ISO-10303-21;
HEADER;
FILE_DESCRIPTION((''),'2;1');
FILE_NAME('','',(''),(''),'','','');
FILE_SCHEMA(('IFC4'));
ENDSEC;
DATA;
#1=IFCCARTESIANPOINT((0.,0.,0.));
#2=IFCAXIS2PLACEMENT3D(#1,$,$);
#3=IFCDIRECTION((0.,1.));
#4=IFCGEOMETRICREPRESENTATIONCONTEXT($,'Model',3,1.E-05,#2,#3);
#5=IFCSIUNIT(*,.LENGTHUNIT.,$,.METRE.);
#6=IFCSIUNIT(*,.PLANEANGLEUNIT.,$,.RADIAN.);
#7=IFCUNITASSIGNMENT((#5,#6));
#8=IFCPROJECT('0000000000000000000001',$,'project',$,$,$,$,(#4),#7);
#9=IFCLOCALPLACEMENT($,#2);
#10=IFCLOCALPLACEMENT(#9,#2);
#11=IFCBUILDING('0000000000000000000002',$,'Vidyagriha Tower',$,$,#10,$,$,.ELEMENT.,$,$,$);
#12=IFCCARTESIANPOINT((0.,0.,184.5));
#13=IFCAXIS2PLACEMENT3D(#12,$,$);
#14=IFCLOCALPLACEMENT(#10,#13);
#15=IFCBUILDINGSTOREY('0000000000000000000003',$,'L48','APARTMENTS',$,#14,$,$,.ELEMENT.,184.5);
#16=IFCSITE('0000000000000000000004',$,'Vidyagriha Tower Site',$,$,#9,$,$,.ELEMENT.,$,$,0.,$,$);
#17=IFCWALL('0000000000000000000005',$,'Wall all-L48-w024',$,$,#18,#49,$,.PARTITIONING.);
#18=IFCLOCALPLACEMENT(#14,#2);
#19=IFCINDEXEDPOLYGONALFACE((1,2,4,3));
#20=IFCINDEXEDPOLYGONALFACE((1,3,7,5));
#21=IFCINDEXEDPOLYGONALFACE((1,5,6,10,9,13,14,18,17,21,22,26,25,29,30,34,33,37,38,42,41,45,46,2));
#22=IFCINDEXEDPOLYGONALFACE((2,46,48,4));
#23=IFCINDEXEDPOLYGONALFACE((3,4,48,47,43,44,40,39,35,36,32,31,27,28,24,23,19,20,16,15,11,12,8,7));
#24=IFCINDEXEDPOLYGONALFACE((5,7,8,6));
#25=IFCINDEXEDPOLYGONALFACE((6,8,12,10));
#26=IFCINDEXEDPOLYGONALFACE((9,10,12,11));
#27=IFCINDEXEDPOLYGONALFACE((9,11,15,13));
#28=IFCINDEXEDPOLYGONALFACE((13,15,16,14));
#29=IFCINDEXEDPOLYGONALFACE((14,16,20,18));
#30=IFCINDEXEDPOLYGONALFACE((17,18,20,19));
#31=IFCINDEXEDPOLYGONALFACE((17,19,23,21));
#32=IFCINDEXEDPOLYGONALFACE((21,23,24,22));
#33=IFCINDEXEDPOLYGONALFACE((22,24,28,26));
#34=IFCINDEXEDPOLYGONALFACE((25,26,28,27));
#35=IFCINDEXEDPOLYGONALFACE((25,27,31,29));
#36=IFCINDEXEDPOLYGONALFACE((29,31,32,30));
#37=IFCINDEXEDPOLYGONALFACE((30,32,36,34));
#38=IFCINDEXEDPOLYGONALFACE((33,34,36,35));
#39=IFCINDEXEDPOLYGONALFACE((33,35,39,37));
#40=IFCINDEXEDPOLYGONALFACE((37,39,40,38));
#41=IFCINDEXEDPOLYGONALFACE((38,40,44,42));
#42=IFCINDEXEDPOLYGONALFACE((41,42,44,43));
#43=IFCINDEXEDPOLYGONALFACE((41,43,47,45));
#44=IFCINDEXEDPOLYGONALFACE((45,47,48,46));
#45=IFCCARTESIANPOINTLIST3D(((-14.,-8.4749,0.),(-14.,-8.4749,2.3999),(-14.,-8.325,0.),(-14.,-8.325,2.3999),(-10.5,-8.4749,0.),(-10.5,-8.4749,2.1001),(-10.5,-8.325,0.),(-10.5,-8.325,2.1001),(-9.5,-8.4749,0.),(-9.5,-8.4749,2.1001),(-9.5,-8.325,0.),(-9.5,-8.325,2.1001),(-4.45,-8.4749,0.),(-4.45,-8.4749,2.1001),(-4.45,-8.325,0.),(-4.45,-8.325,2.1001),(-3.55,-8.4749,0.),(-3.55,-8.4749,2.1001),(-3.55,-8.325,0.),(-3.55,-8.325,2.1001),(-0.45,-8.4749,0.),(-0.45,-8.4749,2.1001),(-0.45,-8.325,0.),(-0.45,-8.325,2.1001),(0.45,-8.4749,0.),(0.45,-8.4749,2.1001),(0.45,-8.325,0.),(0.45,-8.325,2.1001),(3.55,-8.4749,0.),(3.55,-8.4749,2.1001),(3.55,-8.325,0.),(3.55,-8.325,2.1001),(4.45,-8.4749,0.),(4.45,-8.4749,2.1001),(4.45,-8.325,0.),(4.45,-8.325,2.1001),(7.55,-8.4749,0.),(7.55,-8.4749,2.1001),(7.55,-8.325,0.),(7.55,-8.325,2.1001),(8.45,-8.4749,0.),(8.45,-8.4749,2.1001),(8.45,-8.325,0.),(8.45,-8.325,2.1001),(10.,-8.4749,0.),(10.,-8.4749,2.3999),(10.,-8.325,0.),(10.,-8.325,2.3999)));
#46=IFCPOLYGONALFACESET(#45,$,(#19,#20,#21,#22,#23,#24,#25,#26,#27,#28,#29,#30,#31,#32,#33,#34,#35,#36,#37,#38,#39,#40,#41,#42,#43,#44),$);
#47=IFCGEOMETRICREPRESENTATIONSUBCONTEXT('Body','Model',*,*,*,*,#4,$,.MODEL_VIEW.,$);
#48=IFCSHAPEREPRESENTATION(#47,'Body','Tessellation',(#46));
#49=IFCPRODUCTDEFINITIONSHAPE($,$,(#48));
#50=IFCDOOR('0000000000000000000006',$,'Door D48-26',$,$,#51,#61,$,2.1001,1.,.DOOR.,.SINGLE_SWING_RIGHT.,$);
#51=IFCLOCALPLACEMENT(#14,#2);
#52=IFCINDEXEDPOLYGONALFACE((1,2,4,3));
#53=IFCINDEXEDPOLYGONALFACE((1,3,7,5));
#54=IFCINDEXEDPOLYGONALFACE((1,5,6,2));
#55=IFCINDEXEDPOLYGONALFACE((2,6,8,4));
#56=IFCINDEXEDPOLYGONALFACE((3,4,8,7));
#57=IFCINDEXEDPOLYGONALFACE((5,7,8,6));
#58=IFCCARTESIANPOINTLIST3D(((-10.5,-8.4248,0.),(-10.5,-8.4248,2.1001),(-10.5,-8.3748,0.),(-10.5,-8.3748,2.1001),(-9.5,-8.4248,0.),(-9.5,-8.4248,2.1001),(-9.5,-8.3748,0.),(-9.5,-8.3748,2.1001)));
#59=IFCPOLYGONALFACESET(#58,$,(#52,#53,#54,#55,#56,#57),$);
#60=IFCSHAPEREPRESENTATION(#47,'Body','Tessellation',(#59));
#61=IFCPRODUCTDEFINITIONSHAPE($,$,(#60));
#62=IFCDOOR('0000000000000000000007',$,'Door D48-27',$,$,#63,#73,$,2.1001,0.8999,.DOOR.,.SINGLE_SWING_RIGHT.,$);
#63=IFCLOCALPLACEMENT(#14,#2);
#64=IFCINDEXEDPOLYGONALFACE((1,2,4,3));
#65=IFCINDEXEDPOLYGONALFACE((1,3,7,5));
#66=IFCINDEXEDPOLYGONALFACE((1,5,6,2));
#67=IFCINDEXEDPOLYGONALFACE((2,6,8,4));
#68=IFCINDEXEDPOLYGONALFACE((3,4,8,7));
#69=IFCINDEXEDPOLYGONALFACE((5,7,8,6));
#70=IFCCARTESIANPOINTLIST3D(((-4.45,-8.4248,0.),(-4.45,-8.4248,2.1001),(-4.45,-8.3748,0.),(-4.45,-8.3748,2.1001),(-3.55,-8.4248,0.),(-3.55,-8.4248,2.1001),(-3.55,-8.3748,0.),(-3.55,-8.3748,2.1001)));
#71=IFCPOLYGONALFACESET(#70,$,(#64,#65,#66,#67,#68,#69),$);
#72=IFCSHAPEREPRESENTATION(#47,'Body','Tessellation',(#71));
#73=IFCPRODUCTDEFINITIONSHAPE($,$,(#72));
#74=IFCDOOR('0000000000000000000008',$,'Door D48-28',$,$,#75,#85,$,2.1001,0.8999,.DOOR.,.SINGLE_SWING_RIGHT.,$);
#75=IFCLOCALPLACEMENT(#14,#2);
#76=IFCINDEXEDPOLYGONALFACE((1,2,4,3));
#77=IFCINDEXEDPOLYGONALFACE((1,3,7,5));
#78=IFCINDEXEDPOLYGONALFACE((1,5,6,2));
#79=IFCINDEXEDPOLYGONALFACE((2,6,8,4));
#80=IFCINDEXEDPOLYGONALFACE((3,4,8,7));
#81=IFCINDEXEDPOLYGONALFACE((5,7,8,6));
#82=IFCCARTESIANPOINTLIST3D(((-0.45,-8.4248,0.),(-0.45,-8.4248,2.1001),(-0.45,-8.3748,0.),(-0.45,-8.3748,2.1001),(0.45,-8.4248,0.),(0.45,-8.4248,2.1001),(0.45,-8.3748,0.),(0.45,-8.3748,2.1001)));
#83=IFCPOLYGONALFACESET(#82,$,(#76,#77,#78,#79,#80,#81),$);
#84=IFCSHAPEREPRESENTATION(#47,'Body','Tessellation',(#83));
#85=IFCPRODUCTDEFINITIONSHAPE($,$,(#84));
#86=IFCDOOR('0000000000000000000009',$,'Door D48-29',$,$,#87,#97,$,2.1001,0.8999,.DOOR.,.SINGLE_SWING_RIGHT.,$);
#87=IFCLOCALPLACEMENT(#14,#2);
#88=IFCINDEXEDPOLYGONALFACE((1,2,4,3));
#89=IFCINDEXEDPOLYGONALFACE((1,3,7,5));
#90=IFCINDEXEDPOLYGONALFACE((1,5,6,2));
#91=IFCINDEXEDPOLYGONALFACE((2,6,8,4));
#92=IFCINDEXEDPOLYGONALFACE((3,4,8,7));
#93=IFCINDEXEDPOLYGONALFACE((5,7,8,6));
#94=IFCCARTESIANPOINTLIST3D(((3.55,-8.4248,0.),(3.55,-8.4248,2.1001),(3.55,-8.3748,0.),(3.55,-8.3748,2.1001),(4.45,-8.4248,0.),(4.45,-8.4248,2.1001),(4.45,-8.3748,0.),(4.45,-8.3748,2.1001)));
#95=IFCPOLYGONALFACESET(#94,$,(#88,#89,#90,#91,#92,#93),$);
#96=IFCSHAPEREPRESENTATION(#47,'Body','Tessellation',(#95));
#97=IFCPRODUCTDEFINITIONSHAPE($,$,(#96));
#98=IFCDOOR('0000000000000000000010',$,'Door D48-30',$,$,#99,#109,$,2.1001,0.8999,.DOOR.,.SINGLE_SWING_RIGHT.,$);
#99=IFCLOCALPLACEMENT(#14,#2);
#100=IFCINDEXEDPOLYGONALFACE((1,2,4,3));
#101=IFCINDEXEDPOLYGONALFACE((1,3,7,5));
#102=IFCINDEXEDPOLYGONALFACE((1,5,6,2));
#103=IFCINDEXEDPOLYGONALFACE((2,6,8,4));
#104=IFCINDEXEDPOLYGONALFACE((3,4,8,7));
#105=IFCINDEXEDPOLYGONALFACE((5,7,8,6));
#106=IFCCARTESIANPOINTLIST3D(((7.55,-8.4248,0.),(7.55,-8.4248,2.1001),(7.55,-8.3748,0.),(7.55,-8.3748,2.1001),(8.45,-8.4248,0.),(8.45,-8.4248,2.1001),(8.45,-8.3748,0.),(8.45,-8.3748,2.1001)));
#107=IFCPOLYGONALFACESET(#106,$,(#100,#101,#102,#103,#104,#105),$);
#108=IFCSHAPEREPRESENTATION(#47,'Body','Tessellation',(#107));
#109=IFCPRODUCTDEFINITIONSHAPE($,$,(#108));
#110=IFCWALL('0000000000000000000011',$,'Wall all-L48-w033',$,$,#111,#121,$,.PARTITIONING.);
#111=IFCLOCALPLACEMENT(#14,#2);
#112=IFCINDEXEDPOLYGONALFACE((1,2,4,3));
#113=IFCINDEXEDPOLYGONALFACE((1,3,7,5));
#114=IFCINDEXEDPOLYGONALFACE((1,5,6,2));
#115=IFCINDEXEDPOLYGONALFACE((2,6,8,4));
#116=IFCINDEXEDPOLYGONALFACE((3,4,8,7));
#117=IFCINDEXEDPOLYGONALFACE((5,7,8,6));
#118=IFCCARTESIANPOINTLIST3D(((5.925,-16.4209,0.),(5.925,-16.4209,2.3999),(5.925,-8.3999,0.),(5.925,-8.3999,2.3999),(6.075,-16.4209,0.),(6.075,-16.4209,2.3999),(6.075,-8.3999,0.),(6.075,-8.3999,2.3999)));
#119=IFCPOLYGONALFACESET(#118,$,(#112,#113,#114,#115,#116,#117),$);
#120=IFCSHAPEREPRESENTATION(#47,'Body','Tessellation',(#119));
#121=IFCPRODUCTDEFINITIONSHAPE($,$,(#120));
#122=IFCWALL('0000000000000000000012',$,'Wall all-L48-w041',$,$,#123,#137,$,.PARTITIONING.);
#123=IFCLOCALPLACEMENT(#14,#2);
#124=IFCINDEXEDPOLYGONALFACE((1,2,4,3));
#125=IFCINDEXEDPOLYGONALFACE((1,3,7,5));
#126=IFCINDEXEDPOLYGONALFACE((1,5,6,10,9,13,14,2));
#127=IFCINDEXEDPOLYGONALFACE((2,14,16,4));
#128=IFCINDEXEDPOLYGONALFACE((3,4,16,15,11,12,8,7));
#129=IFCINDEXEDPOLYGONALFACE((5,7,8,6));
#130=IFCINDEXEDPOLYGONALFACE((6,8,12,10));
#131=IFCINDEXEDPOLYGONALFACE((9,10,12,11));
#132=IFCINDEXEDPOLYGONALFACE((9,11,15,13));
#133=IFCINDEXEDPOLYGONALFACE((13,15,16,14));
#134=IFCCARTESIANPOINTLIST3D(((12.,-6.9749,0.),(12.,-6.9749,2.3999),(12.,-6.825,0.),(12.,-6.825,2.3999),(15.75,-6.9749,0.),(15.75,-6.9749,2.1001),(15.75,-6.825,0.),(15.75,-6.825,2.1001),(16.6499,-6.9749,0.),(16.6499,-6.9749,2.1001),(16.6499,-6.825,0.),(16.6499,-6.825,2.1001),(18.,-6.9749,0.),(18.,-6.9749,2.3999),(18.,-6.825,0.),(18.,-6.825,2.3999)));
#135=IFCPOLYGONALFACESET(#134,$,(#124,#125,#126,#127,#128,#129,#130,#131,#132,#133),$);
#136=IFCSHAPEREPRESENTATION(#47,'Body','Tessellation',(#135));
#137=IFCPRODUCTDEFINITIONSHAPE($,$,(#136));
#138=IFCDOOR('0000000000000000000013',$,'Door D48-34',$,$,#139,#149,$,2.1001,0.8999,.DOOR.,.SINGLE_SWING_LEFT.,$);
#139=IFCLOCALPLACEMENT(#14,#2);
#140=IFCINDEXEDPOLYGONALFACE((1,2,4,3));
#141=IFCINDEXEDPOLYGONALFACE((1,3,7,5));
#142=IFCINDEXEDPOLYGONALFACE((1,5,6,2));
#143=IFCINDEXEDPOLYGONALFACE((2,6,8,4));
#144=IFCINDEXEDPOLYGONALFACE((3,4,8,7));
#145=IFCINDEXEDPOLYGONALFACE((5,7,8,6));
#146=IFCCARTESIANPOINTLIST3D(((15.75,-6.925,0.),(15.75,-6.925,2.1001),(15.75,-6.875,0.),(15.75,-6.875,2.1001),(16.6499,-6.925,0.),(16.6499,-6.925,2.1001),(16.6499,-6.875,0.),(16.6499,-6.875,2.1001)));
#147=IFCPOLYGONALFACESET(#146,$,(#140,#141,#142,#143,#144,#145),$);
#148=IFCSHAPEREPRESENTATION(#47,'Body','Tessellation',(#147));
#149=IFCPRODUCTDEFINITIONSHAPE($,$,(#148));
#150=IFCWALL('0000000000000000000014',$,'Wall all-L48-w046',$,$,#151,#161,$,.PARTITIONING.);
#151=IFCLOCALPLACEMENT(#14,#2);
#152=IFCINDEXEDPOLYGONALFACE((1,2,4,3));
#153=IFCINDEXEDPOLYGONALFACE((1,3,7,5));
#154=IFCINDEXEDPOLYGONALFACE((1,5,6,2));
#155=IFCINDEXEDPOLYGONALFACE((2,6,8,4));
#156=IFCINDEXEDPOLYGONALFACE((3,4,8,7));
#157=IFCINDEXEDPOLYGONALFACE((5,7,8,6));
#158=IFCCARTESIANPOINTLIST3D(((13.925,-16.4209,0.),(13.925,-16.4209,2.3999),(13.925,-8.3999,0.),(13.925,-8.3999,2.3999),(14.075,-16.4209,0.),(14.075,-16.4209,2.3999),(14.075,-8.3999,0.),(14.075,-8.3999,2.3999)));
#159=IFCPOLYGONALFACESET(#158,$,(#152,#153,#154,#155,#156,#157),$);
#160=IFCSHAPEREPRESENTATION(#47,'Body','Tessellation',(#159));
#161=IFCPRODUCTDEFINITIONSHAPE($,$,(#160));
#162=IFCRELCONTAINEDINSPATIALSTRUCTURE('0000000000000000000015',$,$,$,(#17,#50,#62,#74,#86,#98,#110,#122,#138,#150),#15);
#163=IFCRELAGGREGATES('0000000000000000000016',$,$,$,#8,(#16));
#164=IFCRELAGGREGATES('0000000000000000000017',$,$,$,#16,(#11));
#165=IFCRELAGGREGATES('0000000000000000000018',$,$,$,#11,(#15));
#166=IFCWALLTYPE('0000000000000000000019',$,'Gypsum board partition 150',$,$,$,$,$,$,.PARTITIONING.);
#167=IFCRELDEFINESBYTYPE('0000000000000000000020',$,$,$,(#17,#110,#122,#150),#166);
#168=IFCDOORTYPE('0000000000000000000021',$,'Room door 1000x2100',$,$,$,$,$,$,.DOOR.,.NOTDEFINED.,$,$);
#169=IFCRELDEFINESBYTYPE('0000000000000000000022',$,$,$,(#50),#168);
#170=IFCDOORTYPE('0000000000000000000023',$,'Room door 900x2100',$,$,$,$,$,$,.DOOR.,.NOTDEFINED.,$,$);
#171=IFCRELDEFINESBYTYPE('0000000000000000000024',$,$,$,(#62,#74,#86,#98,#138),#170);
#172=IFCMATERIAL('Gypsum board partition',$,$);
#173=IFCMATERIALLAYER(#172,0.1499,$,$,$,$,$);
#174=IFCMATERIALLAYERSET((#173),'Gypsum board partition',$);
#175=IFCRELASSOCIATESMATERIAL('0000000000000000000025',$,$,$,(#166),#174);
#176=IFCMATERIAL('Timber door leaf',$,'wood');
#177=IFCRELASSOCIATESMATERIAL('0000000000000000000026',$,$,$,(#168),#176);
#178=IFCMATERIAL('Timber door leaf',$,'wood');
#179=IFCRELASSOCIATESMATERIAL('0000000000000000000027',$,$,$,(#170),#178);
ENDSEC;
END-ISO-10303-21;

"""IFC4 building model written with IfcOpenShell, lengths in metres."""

from ifc_helpers import new_model, si_unit, direction, frame, frame_2d, origin, place, context, subcontext, project, spatial, rectangle, extrude, material, layer, layer_set, type_object, element, fill, save


model = new_model("IFC4")

# Units and contexts
model_context = context("Model", 3, precision=1e-05, world=origin(), true_north=direction((0.0, 1.0)))
body_context = subcontext(model_context, "Body", "Model", "MODEL_VIEW")
ifc_project = project(units=[si_unit("LENGTHUNIT", "METRE"), si_unit("PLANEANGLEUNIT", "RADIAN")], contexts=[model_context])

# Site, building, storey
site_placement = place(None, origin())
site = spatial("IfcSite", under=ifc_project, at=site_placement, Name="Vidyagriha Tower Site", CompositionType="ELEMENT", RefElevation=0.0)
building_placement = place(site_placement, origin())
building = spatial("IfcBuilding", under=site, at=building_placement, Name="Vidyagriha Tower", CompositionType="ELEMENT")
storey_placement = place(building_placement, frame((0.0, 0.0, 184.5)))
storey = spatial("IfcBuildingStorey", under=building, at=storey_placement, Name="L48", Description="APARTMENTS", CompositionType="ELEMENT", Elevation=184.5)

# Shared definitions
ifc_material_1 = material(Name="Gypsum board partition")
ifc_layer_1 = layer(ifc_material_1, 0.1499)
ifc_layer_set_1 = layer_set([ifc_layer_1], Name="Gypsum board partition")
wall_type_1 = type_object("IfcWallType", Name="Gypsum board partition 150", PredefinedType="PARTITIONING", material=ifc_layer_set_1)

# Wall, openings, doors
wall_1_placement = place(storey_placement, frame((10.0, -8.3999, 0.0), z_axis=(0.0, 0.0, 1.0), x_axis=(-1.0, 0.0, 0.0)))
wall_1 = element("IfcWall", 1, at=wall_1_placement, inside=storey, type_object=wall_type_1, Name="Wall all-L48-w024", PredefinedType="PARTITIONING", context=body_context, shape_type="SweptSolid", body=[
    extrude(rectangle(XDim=24.0, YDim=0.1499, at=frame_2d((12.0, 0.0))), origin(), (0.0, 0.0, 1.0), 2.3999),
])
opening_1_placement = place(wall_1_placement, frame((19.5, 0.0, 0.0)))
opening_1 = element("IfcOpeningElement", 2, at=opening_1_placement, cuts=wall_1, PredefinedType="OPENING", context=body_context, shape_type="SweptSolid", body=[
    extrude(rectangle(XDim=1.0, YDim=2.1001, at=frame_2d((0.5, 1.05))), frame((0.0, 0.085, 0.0), z_axis=(0.0, -1.0, 0.0), x_axis=(1.0, 0.0, 0.0)), (0.0, 0.0, 1.0), 0.1699),
])
opening_2_placement = place(wall_1_placement, frame((13.55, 0.0, 0.0)))
opening_2 = element("IfcOpeningElement", 3, at=opening_2_placement, cuts=wall_1, PredefinedType="OPENING", context=body_context, shape_type="SweptSolid", body=[
    extrude(rectangle(XDim=0.8999, YDim=2.1001, at=frame_2d((0.45, 1.05))), frame((0.0, 0.085, 0.0), z_axis=(0.0, -1.0, 0.0), x_axis=(1.0, 0.0, 0.0)), (0.0, 0.0, 1.0), 0.1699),
])
opening_3_placement = place(wall_1_placement, frame((9.55, 0.0, 0.0)))
opening_3 = element("IfcOpeningElement", 4, at=opening_3_placement, cuts=wall_1, PredefinedType="OPENING", context=body_context, shape_type="SweptSolid", body=[
    extrude(rectangle(XDim=0.8999, YDim=2.1001, at=frame_2d((0.45, 1.05))), frame((0.0, 0.085, 0.0), z_axis=(0.0, -1.0, 0.0), x_axis=(1.0, 0.0, 0.0)), (0.0, 0.0, 1.0), 0.1699),
])
opening_4_placement = place(wall_1_placement, frame((5.55, 0.0, 0.0)))
opening_4 = element("IfcOpeningElement", 5, at=opening_4_placement, cuts=wall_1, PredefinedType="OPENING", context=body_context, shape_type="SweptSolid", body=[
    extrude(rectangle(XDim=0.8999, YDim=2.1001, at=frame_2d((0.45, 1.05))), frame((0.0, 0.085, 0.0), z_axis=(0.0, -1.0, 0.0), x_axis=(1.0, 0.0, 0.0)), (0.0, 0.0, 1.0), 0.1699),
])
opening_5_placement = place(wall_1_placement, frame((1.55, 0.0, 0.0)))
opening_5 = element("IfcOpeningElement", 6, at=opening_5_placement, cuts=wall_1, PredefinedType="OPENING", context=body_context, shape_type="SweptSolid", body=[
    extrude(rectangle(XDim=0.8999, YDim=2.1001, at=frame_2d((0.45, 1.05))), frame((0.0, 0.085, 0.0), z_axis=(0.0, -1.0, 0.0), x_axis=(1.0, 0.0, 0.0)), (0.0, 0.0, 1.0), 0.1699),
])
ifc_material_2 = material(Name="Timber door leaf", Category="wood")
door_type_1 = type_object("IfcDoorType", Name="Room door 1000x2100", OperationType="NOTDEFINED", PredefinedType="DOOR", material=ifc_material_2)
door_1_placement = place(opening_1_placement, origin())
door_1 = element("IfcDoor", 7, at=door_1_placement, inside=storey, type_object=door_type_1, Name="Door D48-26", OperationType="SINGLE_SWING_RIGHT", OverallHeight=2.1001, OverallWidth=1.0, PredefinedType="DOOR", context=body_context, shape_type="SweptSolid", body=[
    extrude(rectangle(XDim=1.0, YDim=2.1001, at=frame_2d((0.5, 1.05))), frame((0.0, 0.0249, 0.0), z_axis=(0.0, -1.0, 0.0), x_axis=(1.0, 0.0, 0.0)), (0.0, 0.0, 1.0), 0.05),
])
fill(opening_1, door_1)
ifc_material_3 = material(Name="Timber door leaf", Category="wood")
door_type_2 = type_object("IfcDoorType", Name="Room door 900x2100", OperationType="NOTDEFINED", PredefinedType="DOOR", material=ifc_material_3)
door_2_placement = place(opening_2_placement, origin())
door_2 = element("IfcDoor", 8, at=door_2_placement, inside=storey, type_object=door_type_2, Name="Door D48-27", OperationType="SINGLE_SWING_RIGHT", OverallHeight=2.1001, OverallWidth=0.8999, PredefinedType="DOOR", context=body_context, shape_type="SweptSolid", body=[
    extrude(rectangle(XDim=0.8999, YDim=2.1001, at=frame_2d((0.45, 1.05))), frame((0.0, 0.0249, 0.0), z_axis=(0.0, -1.0, 0.0), x_axis=(1.0, 0.0, 0.0)), (0.0, 0.0, 1.0), 0.05),
])
fill(opening_2, door_2)
door_3_placement = place(opening_3_placement, origin())
door_3 = element("IfcDoor", 9, at=door_3_placement, inside=storey, type_object=door_type_2, Name="Door D48-28", OperationType="SINGLE_SWING_RIGHT", OverallHeight=2.1001, OverallWidth=0.8999, PredefinedType="DOOR", context=body_context, shape_type="SweptSolid", body=[
    extrude(rectangle(XDim=0.8999, YDim=2.1001, at=frame_2d((0.45, 1.05))), frame((0.0, 0.0249, 0.0), z_axis=(0.0, -1.0, 0.0), x_axis=(1.0, 0.0, 0.0)), (0.0, 0.0, 1.0), 0.05),
])
fill(opening_3, door_3)
door_4_placement = place(opening_4_placement, origin())
door_4 = element("IfcDoor", 10, at=door_4_placement, inside=storey, type_object=door_type_2, Name="Door D48-29", OperationType="SINGLE_SWING_RIGHT", OverallHeight=2.1001, OverallWidth=0.8999, PredefinedType="DOOR", context=body_context, shape_type="SweptSolid", body=[
    extrude(rectangle(XDim=0.8999, YDim=2.1001, at=frame_2d((0.45, 1.05))), frame((0.0, 0.0249, 0.0), z_axis=(0.0, -1.0, 0.0), x_axis=(1.0, 0.0, 0.0)), (0.0, 0.0, 1.0), 0.05),
])
fill(opening_4, door_4)
door_5_placement = place(opening_5_placement, origin())
door_5 = element("IfcDoor", 11, at=door_5_placement, inside=storey, type_object=door_type_2, Name="Door D48-30", OperationType="SINGLE_SWING_RIGHT", OverallHeight=2.1001, OverallWidth=0.8999, PredefinedType="DOOR", context=body_context, shape_type="SweptSolid", body=[
    extrude(rectangle(XDim=0.8999, YDim=2.1001, at=frame_2d((0.45, 1.05))), frame((0.0, 0.0249, 0.0), z_axis=(0.0, -1.0, 0.0), x_axis=(1.0, 0.0, 0.0)), (0.0, 0.0, 1.0), 0.05),
])
fill(opening_5, door_5)

# Wall
wall_2_placement = place(storey_placement, frame((6.0, -8.3999, 0.0), z_axis=(0.0, 0.0, 1.0), x_axis=(0.0, -1.0, 0.0)))
element("IfcWall", 12, at=wall_2_placement, inside=storey, type_object=wall_type_1, Name="Wall all-L48-w033", PredefinedType="PARTITIONING", context=body_context, shape_type="SweptSolid", body=[
    extrude(rectangle(XDim=8.021, YDim=0.1499, at=frame_2d((4.0105, 0.0))), origin(), (0.0, 0.0, 1.0), 2.3999),
])

# Wall, opening, door
wall_3_placement = place(storey_placement, frame((12.0, -6.8999, 0.0)))
wall_3 = element("IfcWall", 13, at=wall_3_placement, inside=storey, type_object=wall_type_1, Name="Wall all-L48-w041", PredefinedType="PARTITIONING", context=body_context, shape_type="SweptSolid", body=[
    extrude(rectangle(XDim=6.0, YDim=0.1499, at=frame_2d((3.0, 0.0))), origin(), (0.0, 0.0, 1.0), 2.3999),
])
opening_6_placement = place(wall_3_placement, frame((3.75, 0.0, 0.0)))
opening_6 = element("IfcOpeningElement", 14, at=opening_6_placement, cuts=wall_3, PredefinedType="OPENING", context=body_context, shape_type="SweptSolid", body=[
    extrude(rectangle(XDim=0.8999, YDim=2.1001, at=frame_2d((0.45, 1.05))), frame((0.0, 0.085, 0.0), z_axis=(0.0, -1.0, 0.0), x_axis=(1.0, 0.0, 0.0)), (0.0, 0.0, 1.0), 0.1699),
])
door_6_placement = place(opening_6_placement, origin())
door_6 = element("IfcDoor", 15, at=door_6_placement, inside=storey, type_object=door_type_2, Name="Door D48-34", OperationType="SINGLE_SWING_LEFT", OverallHeight=2.1001, OverallWidth=0.8999, PredefinedType="DOOR", context=body_context, shape_type="SweptSolid", body=[
    extrude(rectangle(XDim=0.8999, YDim=2.1001, at=frame_2d((0.45, 1.05))), frame((0.0, 0.0249, 0.0), z_axis=(0.0, -1.0, 0.0), x_axis=(1.0, 0.0, 0.0)), (0.0, 0.0, 1.0), 0.05),
])
fill(opening_6, door_6)

# Wall
wall_4_placement = place(storey_placement, frame((14.0, -8.3999, 0.0), z_axis=(0.0, 0.0, 1.0), x_axis=(0.0, -1.0, 0.0)))
element("IfcWall", 16, at=wall_4_placement, inside=storey, type_object=wall_type_1, Name="Wall all-L48-w046", PredefinedType="PARTITIONING", context=body_context, shape_type="SweptSolid", body=[
    extrude(rectangle(XDim=8.021, YDim=0.1499, at=frame_2d((4.0105, 0.0))), origin(), (0.0, 0.0, 1.0), 2.3999),
])

save(model, "model.ifc")
